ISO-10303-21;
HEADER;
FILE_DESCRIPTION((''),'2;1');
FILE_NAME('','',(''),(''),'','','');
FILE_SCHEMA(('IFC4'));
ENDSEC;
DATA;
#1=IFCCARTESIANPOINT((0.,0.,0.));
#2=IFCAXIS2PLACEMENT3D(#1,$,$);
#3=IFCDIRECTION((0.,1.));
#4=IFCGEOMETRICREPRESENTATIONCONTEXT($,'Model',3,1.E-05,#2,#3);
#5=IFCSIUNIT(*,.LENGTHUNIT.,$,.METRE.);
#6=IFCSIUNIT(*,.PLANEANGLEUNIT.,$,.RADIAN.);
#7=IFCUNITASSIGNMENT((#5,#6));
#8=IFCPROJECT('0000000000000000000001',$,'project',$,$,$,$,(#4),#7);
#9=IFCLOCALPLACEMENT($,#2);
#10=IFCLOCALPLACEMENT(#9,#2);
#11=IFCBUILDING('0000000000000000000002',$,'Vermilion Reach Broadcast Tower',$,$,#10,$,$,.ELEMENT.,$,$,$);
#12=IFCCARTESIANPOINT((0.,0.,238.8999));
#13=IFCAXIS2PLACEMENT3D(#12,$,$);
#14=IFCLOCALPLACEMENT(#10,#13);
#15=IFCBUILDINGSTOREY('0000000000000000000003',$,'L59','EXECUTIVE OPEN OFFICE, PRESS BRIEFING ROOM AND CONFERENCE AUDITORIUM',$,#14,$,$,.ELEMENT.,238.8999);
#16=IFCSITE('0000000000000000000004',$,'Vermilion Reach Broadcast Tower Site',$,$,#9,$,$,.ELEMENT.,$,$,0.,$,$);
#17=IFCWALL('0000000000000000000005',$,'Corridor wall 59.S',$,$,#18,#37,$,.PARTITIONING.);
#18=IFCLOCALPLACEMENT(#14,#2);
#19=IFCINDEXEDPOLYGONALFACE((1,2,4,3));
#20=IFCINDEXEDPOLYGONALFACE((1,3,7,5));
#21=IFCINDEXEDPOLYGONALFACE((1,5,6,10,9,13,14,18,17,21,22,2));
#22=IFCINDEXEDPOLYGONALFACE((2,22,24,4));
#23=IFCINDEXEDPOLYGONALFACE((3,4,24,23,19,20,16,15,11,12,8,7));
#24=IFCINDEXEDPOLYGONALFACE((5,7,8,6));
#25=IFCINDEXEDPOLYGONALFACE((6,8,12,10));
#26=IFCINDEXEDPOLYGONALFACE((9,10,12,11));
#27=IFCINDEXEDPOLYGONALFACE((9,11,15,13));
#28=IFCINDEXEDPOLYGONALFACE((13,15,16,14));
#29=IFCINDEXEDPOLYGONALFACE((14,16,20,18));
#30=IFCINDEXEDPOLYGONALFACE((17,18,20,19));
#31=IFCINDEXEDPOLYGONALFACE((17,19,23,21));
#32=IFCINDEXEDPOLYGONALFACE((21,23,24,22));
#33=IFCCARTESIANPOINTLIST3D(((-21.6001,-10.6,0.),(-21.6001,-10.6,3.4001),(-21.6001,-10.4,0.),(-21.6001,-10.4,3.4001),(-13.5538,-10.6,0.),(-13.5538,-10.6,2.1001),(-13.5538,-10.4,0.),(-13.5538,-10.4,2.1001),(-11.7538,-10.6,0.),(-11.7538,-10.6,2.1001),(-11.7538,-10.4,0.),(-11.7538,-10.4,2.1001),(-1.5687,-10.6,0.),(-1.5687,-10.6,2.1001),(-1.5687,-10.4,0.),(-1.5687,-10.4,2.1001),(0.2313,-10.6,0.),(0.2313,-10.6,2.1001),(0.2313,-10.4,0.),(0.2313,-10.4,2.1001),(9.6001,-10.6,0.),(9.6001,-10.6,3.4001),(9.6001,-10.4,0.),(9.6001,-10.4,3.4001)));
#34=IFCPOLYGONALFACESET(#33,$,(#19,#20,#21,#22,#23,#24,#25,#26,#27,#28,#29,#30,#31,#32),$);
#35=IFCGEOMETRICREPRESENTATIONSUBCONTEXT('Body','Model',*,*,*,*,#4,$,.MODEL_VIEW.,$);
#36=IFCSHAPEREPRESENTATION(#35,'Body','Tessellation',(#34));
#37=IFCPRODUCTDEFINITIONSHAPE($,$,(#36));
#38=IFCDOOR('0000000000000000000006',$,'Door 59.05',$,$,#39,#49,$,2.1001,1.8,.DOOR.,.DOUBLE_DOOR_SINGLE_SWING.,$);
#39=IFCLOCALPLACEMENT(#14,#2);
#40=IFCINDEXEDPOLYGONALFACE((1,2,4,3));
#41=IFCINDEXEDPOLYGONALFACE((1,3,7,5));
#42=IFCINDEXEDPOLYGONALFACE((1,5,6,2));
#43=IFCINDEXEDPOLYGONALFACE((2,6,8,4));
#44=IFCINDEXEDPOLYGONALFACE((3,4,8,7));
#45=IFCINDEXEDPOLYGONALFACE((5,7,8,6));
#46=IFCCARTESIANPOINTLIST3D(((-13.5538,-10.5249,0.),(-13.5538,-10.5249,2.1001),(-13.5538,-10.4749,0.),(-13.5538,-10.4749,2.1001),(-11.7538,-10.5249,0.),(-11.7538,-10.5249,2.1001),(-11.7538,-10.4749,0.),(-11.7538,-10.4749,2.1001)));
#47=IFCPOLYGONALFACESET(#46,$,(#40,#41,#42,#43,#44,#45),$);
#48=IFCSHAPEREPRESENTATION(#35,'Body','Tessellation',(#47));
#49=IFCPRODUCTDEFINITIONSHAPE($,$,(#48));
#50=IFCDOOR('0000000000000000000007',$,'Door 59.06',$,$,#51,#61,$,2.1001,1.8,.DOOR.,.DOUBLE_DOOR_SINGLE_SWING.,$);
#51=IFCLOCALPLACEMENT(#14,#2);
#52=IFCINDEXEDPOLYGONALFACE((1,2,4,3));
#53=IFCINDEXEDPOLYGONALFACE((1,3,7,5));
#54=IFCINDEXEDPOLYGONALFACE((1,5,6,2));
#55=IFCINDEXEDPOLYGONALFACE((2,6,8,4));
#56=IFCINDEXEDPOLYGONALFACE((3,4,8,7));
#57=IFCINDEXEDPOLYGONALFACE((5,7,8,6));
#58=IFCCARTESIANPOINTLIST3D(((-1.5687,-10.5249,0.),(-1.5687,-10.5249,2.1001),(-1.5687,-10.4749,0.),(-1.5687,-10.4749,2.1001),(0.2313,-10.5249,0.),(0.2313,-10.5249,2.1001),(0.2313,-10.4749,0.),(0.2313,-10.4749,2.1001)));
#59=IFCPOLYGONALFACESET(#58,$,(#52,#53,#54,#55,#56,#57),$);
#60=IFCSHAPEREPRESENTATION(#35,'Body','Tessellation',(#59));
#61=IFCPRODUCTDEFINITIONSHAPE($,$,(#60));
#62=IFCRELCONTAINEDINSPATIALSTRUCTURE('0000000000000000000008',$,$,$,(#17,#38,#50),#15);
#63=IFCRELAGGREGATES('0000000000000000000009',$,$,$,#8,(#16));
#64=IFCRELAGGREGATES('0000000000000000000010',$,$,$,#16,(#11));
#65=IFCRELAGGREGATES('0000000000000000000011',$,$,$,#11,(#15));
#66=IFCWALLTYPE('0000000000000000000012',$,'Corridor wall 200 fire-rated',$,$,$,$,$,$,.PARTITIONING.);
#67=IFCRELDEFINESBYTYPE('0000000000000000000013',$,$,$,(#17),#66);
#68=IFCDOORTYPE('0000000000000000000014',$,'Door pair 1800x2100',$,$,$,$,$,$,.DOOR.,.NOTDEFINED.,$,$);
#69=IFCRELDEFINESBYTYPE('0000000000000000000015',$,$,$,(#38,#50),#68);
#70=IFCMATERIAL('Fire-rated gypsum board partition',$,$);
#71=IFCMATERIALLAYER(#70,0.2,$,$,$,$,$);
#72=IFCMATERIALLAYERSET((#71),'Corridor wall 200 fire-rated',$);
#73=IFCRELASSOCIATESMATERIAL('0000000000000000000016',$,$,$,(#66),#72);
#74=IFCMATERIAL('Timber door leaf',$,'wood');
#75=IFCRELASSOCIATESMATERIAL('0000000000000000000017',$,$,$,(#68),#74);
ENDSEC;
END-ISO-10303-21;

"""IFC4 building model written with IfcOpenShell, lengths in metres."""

from ifc_helpers import new_model, si_unit, direction, frame, frame_2d, origin, place, context, subcontext, project, spatial, rectangle, extrude, material, layer, layer_set, type_object, element, fill, save


model = new_model("IFC4")

# Units and contexts
model_context = context("Model", 3, precision=1e-05, world=origin(), true_north=direction((0.0, 1.0)))
body_context = subcontext(model_context, "Body", "Model", "MODEL_VIEW")
ifc_project = project(units=[si_unit("LENGTHUNIT", "METRE"), si_unit("PLANEANGLEUNIT", "RADIAN")], contexts=[model_context])

# Site, building, storey
site_placement = place(None, origin())
site = spatial("IfcSite", under=ifc_project, at=site_placement, Name="Vermilion Reach Broadcast Tower Site", CompositionType="ELEMENT", RefElevation=0.0)
building_placement = place(site_placement, origin())
building = spatial("IfcBuilding", under=site, at=building_placement, Name="Vermilion Reach Broadcast Tower", CompositionType="ELEMENT")
storey_placement = place(building_placement, frame((0.0, 0.0, 238.8999)))
storey = spatial("IfcBuildingStorey", under=building, at=storey_placement, Name="L59", Description="EXECUTIVE OPEN OFFICE, PRESS BRIEFING ROOM AND CONFERENCE AUDITORIUM", CompositionType="ELEMENT", Elevation=238.8999)

# Wall, openings, doors
ifc_material_1 = material(Name="Fire-rated gypsum board partition")
ifc_layer_1 = layer(ifc_material_1, 0.2)
ifc_layer_set_1 = layer_set([ifc_layer_1], Name="Corridor wall 200 fire-rated")
wall_type = type_object("IfcWallType", Name="Corridor wall 200 fire-rated", PredefinedType="PARTITIONING", material=ifc_layer_set_1)
wall_placement = place(storey_placement, frame((9.6001, -10.5, 0.0), z_axis=(0.0, 0.0, 1.0), x_axis=(-1.0, 0.0, 0.0)))
wall = element("IfcWall", 1, at=wall_placement, inside=storey, type_object=wall_type, Name="Corridor wall 59.S", PredefinedType="PARTITIONING", context=body_context, shape_type="SweptSolid", body=[
    extrude(rectangle(XDim=31.2002, YDim=0.2, at=frame_2d((15.6001, 0.0))), origin(), (0.0, 0.0, 1.0), 3.4001),
])
opening_1_placement = place(wall_placement, frame((21.354, 0.0, 0.0)))
opening_1 = element("IfcOpeningElement", 2, at=opening_1_placement, cuts=wall, PredefinedType="OPENING", context=body_context, shape_type="SweptSolid", body=[
    extrude(rectangle(XDim=1.8, YDim=2.1001, at=frame_2d((0.8999, 1.05))), frame((0.0, 0.1099, 0.0), z_axis=(0.0, -1.0, 0.0), x_axis=(1.0, 0.0, 0.0)), (0.0, 0.0, 1.0), 0.22),
])
opening_2_placement = place(wall_placement, frame((9.3689, 0.0, 0.0)))
opening_2 = element("IfcOpeningElement", 3, at=opening_2_placement, cuts=wall, PredefinedType="OPENING", context=body_context, shape_type="SweptSolid", body=[
    extrude(rectangle(XDim=1.8, YDim=2.1001, at=frame_2d((0.8999, 1.05))), frame((0.0, 0.1099, 0.0), z_axis=(0.0, -1.0, 0.0), x_axis=(1.0, 0.0, 0.0)), (0.0, 0.0, 1.0), 0.22),
])
ifc_material_2 = material(Name="Timber door leaf", Category="wood")
door_type = type_object("IfcDoorType", Name="Door pair 1800x2100", OperationType="NOTDEFINED", PredefinedType="DOOR", material=ifc_material_2)
door_1_placement = place(opening_1_placement, origin())
door_1 = element("IfcDoor", 4, at=door_1_placement, inside=storey, type_object=door_type, Name="Door 59.05", OperationType="DOUBLE_DOOR_SINGLE_SWING", OverallHeight=2.1001, OverallWidth=1.8, PredefinedType="DOOR", context=body_context, shape_type="SweptSolid", body=[
    extrude(rectangle(XDim=1.8, YDim=2.1001, at=frame_2d((0.8999, 1.05))), frame((0.0, 0.0249, 0.0), z_axis=(0.0, -1.0, 0.0), x_axis=(1.0, 0.0, 0.0)), (0.0, 0.0, 1.0), 0.05),
])
fill(opening_1, door_1)
door_2_placement = place(opening_2_placement, origin())
door_2 = element("IfcDoor", 5, at=door_2_placement, inside=storey, type_object=door_type, Name="Door 59.06", OperationType="DOUBLE_DOOR_SINGLE_SWING", OverallHeight=2.1001, OverallWidth=1.8, PredefinedType="DOOR", context=body_context, shape_type="SweptSolid", body=[
    extrude(rectangle(XDim=1.8, YDim=2.1001, at=frame_2d((0.8999, 1.05))), frame((0.0, 0.0249, 0.0), z_axis=(0.0, -1.0, 0.0), x_axis=(1.0, 0.0, 0.0)), (0.0, 0.0, 1.0), 0.05),
])
fill(opening_2, door_2)

save(model, "model.ifc")
